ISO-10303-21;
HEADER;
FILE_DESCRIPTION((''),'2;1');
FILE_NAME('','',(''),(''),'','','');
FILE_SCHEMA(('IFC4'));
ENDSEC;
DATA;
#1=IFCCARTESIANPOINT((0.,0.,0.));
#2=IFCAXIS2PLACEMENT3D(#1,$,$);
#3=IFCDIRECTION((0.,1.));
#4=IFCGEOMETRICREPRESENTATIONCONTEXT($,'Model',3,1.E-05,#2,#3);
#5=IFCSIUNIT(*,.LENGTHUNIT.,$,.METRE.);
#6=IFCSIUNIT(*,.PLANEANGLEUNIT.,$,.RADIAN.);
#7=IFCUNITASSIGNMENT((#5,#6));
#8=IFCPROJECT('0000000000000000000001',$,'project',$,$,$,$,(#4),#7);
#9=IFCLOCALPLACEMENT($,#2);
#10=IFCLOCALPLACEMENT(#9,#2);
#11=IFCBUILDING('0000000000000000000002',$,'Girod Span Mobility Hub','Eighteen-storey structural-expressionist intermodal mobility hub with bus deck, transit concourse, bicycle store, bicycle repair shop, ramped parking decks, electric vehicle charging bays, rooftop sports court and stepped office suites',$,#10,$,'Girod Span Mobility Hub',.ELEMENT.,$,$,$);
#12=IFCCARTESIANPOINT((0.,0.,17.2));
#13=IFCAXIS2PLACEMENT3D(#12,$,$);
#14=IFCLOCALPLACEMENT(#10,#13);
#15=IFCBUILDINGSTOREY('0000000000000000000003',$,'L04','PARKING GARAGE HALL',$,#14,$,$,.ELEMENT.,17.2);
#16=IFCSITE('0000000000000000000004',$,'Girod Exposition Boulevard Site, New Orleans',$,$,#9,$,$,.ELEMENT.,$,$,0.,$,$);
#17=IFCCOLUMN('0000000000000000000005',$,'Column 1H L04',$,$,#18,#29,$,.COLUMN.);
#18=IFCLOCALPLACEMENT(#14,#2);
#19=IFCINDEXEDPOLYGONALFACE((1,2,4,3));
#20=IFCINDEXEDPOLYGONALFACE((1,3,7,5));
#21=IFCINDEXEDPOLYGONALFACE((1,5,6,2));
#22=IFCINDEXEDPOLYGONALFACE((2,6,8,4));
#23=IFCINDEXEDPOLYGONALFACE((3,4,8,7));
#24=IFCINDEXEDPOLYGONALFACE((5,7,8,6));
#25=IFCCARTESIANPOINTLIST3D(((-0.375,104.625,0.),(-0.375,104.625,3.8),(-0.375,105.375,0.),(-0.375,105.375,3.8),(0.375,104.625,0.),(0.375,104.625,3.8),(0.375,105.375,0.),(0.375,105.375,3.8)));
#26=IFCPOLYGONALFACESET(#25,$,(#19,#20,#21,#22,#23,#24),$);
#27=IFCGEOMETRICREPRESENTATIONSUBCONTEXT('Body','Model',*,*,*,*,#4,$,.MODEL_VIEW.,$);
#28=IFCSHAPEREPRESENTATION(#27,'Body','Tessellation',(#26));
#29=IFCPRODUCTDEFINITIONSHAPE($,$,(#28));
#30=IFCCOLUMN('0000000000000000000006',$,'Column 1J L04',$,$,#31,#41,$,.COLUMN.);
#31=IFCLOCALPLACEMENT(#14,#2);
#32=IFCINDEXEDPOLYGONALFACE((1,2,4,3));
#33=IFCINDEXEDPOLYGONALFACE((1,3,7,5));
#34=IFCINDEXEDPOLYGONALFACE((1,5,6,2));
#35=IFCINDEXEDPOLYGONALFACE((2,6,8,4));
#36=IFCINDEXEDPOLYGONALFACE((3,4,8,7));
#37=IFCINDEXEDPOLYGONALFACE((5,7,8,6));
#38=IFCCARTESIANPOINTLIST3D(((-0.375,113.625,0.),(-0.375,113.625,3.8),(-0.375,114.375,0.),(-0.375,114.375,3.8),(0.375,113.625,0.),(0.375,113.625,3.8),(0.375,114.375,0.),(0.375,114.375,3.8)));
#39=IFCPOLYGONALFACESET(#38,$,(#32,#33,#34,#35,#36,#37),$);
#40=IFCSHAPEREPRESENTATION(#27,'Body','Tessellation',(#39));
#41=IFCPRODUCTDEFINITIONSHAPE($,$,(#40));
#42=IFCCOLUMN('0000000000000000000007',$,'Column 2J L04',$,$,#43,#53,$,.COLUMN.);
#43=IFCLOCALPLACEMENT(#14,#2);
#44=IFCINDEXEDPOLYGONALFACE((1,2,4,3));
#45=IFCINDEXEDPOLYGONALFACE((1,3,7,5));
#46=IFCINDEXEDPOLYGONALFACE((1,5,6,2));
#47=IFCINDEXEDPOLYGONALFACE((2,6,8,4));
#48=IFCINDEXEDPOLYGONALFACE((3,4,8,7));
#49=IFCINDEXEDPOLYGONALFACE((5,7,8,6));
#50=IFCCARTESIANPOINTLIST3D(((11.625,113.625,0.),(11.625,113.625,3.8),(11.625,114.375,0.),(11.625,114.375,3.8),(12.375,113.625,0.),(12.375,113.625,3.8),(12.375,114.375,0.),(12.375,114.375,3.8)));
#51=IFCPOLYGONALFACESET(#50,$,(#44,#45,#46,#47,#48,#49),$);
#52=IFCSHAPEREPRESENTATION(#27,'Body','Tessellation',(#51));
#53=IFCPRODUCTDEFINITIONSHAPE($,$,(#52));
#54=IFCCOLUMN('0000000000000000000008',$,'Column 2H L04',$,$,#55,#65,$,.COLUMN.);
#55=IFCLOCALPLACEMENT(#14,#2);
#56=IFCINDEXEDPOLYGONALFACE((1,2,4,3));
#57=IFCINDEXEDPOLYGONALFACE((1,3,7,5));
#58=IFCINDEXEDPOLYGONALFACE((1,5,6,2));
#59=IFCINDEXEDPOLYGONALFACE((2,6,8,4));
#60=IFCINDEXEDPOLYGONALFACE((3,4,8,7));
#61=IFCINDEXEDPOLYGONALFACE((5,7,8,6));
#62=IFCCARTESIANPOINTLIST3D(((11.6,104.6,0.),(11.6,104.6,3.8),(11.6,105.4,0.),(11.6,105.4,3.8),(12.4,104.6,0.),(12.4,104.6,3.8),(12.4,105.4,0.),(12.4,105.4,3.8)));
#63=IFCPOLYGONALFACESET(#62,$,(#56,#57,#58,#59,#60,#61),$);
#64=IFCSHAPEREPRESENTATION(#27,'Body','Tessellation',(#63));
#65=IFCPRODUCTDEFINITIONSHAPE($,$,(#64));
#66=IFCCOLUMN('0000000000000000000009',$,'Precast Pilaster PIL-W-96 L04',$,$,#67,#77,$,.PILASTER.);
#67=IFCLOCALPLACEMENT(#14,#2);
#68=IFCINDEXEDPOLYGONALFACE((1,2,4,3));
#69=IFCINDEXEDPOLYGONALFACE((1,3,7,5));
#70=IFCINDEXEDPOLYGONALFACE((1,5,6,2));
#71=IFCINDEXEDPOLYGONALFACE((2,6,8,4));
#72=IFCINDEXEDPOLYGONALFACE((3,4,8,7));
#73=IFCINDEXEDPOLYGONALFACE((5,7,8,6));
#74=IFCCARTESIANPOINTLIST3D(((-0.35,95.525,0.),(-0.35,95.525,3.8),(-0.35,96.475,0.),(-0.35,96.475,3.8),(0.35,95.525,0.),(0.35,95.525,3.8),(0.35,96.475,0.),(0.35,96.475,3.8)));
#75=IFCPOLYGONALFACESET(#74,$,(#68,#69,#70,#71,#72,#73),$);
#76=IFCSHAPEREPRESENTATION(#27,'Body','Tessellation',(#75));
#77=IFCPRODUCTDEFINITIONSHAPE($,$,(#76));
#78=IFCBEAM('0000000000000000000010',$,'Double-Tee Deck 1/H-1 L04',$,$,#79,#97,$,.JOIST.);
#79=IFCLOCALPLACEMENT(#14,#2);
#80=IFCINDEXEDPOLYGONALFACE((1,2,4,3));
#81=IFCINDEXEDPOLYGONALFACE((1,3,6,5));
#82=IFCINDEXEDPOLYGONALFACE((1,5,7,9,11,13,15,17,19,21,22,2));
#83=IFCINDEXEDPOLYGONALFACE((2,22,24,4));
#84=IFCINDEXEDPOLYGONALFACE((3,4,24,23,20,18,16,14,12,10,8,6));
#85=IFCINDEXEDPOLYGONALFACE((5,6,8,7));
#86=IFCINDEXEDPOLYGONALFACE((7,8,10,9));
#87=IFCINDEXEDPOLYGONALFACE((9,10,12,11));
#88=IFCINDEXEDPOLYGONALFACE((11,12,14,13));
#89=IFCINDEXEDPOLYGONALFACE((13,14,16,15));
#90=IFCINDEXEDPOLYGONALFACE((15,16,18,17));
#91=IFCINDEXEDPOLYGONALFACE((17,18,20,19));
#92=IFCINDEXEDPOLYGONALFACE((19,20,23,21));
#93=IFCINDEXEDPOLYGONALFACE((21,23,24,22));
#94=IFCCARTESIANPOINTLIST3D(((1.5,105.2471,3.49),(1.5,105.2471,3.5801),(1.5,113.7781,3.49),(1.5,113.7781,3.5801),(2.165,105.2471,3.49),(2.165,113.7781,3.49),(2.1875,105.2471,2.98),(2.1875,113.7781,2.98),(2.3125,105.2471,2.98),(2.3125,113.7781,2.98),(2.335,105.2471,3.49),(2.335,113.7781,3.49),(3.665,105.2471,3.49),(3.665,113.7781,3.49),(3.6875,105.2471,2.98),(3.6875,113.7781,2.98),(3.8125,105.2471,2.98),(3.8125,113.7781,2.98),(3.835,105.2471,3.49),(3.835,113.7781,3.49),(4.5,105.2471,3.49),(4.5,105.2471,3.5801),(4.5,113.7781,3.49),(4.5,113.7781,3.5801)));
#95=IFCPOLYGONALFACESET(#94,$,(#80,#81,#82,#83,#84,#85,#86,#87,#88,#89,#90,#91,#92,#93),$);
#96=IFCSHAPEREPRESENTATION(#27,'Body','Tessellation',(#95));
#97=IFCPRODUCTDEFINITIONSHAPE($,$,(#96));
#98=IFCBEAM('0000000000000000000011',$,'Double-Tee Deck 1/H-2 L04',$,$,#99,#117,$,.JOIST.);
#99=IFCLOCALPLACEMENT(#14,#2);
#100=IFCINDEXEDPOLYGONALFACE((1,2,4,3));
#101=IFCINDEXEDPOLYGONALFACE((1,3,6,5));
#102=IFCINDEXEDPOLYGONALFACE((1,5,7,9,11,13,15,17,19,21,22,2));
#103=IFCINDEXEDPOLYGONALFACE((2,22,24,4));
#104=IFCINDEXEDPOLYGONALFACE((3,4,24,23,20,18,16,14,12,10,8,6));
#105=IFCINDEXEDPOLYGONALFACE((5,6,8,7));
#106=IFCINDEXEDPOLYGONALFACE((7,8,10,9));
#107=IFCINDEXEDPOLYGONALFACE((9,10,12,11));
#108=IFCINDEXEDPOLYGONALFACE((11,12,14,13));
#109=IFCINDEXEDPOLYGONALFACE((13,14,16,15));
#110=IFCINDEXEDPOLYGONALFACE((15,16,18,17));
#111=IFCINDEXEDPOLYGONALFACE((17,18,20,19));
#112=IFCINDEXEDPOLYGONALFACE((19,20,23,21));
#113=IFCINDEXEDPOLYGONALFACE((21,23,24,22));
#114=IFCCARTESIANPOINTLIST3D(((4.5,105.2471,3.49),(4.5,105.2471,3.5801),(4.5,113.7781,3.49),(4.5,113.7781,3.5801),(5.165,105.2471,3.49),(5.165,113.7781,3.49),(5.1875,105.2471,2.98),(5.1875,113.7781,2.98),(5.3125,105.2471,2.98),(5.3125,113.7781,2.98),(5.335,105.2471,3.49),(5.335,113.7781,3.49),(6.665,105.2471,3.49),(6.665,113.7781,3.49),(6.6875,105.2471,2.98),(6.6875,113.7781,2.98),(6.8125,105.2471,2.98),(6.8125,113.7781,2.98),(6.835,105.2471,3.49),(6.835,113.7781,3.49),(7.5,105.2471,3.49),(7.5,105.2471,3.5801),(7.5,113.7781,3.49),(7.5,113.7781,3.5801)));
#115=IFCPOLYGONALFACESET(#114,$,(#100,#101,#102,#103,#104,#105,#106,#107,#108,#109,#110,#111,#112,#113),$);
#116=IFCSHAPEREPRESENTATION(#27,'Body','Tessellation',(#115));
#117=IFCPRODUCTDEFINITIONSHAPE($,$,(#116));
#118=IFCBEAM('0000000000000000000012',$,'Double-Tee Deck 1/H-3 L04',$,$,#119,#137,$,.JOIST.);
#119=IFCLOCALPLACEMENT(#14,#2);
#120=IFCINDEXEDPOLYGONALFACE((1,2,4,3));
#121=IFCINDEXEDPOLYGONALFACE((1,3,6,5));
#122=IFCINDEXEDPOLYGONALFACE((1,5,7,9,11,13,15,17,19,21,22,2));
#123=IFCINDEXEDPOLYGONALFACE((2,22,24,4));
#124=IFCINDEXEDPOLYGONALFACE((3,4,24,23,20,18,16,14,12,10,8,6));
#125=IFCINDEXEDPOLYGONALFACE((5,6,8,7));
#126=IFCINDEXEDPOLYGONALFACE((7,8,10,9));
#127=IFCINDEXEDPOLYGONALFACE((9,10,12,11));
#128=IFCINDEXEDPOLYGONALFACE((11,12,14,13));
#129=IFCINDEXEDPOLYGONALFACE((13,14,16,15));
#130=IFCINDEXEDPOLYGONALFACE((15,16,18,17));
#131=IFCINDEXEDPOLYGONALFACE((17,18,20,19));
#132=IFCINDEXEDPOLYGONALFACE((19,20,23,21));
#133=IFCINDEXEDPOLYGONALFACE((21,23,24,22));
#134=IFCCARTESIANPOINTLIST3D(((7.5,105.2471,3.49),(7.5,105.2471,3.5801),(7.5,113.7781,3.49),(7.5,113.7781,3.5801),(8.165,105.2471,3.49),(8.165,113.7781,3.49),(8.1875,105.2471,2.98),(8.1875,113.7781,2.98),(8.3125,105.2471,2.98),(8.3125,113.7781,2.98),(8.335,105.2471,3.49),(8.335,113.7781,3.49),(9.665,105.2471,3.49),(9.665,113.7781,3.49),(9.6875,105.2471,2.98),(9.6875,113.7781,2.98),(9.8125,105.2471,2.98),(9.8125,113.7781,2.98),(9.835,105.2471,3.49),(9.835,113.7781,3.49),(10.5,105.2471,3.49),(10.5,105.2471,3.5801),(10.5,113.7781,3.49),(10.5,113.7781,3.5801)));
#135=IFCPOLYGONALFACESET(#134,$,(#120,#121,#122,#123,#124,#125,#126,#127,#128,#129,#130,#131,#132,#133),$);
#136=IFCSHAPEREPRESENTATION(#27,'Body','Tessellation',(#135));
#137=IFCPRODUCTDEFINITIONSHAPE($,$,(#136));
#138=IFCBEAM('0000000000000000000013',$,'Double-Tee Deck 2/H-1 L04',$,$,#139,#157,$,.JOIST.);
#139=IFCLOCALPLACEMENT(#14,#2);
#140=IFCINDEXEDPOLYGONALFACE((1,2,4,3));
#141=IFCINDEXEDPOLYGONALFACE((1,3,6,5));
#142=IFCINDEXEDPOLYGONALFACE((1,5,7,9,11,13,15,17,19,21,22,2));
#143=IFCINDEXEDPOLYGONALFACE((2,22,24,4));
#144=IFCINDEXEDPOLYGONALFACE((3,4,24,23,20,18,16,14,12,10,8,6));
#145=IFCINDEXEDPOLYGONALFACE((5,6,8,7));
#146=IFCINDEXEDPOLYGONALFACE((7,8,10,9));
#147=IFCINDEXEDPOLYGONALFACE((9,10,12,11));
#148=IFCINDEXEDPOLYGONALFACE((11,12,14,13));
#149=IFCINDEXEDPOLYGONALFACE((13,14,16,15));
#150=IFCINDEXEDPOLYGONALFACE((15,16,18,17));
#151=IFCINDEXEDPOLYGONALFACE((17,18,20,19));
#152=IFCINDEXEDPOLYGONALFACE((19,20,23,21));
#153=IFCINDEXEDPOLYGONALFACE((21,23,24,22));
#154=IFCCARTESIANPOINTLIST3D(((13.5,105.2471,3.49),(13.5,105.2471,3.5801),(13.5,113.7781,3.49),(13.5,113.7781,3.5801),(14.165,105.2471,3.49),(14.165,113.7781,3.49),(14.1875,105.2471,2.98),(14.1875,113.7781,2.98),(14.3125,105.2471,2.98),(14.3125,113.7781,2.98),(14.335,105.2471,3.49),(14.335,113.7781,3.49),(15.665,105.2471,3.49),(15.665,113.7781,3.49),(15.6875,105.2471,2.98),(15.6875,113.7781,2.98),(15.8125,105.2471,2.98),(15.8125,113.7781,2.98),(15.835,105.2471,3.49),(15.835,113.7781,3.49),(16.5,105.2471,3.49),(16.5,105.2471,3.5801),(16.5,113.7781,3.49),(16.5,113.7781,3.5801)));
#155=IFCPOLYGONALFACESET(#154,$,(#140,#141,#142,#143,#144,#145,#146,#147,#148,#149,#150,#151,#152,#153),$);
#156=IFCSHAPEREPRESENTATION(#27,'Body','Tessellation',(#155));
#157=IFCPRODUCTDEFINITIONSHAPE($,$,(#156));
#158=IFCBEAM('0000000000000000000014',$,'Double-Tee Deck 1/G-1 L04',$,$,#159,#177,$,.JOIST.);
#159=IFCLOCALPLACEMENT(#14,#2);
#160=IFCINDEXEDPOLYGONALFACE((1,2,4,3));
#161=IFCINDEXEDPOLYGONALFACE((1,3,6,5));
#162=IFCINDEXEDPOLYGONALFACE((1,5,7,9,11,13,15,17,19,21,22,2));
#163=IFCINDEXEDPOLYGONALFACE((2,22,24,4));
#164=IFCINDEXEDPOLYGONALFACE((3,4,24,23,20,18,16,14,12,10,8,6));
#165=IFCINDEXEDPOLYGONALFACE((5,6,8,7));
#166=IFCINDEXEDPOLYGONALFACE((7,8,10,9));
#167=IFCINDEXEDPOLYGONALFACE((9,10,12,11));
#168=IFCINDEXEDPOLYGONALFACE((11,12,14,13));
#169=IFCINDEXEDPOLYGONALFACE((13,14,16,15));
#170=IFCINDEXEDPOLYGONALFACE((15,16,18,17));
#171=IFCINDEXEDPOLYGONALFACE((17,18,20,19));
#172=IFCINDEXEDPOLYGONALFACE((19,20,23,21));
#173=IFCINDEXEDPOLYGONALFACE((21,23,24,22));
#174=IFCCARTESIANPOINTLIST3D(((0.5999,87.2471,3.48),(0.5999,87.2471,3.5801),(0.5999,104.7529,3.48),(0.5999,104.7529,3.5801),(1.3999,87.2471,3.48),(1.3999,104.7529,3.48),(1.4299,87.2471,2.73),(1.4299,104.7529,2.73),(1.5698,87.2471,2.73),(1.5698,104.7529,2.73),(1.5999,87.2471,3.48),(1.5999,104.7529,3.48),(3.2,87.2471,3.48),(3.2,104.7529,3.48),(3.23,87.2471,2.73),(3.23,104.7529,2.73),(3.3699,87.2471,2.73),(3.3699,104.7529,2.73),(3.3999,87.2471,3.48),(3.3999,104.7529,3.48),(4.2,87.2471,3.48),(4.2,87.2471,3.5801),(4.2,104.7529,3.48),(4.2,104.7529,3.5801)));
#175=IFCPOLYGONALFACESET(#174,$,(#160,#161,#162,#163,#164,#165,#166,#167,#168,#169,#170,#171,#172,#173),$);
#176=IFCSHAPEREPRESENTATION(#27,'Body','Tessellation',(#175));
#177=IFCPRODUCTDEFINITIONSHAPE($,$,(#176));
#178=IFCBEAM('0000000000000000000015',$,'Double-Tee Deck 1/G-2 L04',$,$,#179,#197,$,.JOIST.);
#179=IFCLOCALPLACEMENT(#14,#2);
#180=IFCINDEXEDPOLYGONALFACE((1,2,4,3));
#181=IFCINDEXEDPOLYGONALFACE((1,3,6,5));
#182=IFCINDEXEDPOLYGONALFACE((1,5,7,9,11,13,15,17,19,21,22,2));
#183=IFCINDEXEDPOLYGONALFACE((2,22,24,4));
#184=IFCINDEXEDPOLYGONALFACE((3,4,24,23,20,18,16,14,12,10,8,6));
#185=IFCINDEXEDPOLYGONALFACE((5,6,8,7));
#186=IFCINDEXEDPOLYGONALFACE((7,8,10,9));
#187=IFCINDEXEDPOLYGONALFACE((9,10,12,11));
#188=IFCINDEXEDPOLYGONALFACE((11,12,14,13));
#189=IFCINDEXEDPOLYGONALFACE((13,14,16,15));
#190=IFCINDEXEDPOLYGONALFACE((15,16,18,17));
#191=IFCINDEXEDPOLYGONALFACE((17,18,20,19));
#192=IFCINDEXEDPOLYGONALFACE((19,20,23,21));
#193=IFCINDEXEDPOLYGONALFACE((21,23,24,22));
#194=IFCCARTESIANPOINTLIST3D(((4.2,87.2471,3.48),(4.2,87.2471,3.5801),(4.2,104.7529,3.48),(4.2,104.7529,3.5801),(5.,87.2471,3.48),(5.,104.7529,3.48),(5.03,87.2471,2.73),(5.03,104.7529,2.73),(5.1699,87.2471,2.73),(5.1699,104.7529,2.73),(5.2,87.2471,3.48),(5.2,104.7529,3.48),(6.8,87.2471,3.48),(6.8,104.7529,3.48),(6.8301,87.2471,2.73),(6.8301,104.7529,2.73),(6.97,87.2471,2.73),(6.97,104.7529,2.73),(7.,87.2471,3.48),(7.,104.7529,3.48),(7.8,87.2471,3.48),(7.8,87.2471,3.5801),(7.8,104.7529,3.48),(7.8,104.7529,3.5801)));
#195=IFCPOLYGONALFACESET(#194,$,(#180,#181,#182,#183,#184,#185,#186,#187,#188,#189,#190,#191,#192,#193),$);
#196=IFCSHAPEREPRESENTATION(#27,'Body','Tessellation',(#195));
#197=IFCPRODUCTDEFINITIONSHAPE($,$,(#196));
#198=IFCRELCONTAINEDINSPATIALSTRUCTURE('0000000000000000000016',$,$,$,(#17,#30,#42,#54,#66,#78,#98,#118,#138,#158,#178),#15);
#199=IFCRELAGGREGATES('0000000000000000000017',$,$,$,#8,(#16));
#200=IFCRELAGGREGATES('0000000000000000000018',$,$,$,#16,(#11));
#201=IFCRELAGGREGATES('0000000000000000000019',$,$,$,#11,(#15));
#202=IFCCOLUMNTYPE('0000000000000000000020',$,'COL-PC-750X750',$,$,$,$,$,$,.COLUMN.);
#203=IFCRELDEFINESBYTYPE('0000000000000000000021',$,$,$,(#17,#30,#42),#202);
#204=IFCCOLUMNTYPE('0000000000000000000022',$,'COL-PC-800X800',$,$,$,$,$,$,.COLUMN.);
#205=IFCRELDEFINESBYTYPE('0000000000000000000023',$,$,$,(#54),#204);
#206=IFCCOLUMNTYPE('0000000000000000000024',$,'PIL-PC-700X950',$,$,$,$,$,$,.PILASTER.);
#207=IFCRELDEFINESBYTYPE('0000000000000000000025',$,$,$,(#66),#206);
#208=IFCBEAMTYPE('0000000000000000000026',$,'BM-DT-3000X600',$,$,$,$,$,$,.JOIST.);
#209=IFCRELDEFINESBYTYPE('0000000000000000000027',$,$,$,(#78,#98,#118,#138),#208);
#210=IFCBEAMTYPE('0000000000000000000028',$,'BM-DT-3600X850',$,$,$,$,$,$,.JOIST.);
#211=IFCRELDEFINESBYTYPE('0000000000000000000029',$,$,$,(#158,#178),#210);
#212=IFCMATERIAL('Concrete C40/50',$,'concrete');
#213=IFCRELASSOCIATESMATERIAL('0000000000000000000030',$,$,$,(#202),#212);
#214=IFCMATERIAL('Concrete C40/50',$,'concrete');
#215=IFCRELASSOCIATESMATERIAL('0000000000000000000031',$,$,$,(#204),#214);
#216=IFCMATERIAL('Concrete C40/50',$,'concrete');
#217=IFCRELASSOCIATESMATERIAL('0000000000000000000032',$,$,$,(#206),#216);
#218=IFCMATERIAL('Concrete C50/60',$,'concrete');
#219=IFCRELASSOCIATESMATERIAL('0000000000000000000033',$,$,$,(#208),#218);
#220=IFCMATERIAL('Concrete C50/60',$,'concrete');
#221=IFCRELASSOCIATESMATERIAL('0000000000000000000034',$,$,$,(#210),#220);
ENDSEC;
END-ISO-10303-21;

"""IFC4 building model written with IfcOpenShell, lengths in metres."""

from ifc_helpers import new_model, si_unit, direction, frame, origin, origin_2d, place, context, subcontext, project, spatial, polyline, rectangle, outline, extrude, material, material_profile, profile_set, type_object, element, save


model = new_model("IFC4")

# Units and contexts
model_context = context("Model", 3, precision=1e-05, world=origin(), true_north=direction((0.0, 1.0)))
body_context = subcontext(model_context, "Body", "Model", "MODEL_VIEW")
ifc_project = project(units=[si_unit("LENGTHUNIT", "METRE"), si_unit("PLANEANGLEUNIT", "RADIAN")], contexts=[model_context])

# Site, building, storey
site_placement = place(None, origin())
site = spatial("IfcSite", under=ifc_project, at=site_placement, Name="Girod Exposition Boulevard Site, New Orleans", CompositionType="ELEMENT", RefElevation=0.0)
building_placement = place(site_placement, origin())
building = spatial("IfcBuilding", under=site, at=building_placement, Name="Girod Span Mobility Hub", Description="Eighteen-storey structural-expressionist intermodal mobility hub with bus deck, transit concourse, bicycle store, bicycle repair shop, ramped parking decks, electric vehicle charging bays, rooftop sports court and stepped office suites", LongName="Girod Span Mobility Hub", CompositionType="ELEMENT")
storey_placement = place(building_placement, frame((0.0, 0.0, 17.2)))
storey = spatial("IfcBuildingStorey", under=building, at=storey_placement, Name="L04", Description="PARKING GARAGE HALL", CompositionType="ELEMENT", Elevation=17.2)

# Columns
ifc_material_1 = material(Name="Concrete C40/50", Category="concrete")
ifc_material_profile_1 = material_profile(ifc_material_1, rectangle(XDim=0.75, YDim=0.75, at=origin_2d()), Name="PC-COL-750X750")
ifc_profile_set_1 = profile_set([ifc_material_profile_1], Name="Concrete C40/50")
column_type_1 = type_object("IfcColumnType", Name="COL-PC-750X750", PredefinedType="COLUMN", material=ifc_profile_set_1)
for number, where, z_axis, x_axis, name in (
    (1, (0.0, 105.0, 0.0), (0.0, 0.0, 1.0), (1.0, 0.0, 0.0), "Column 1H L04"),
    (2, (0.0, 114.0, 0.0), (0.0, 0.0, 1.0), (1.0, 0.0, 0.0), "Column 1J L04"),
    (3, (12.0, 114.0, 0.0), (0.0, 0.0, 1.0), (1.0, 0.0, 0.0), "Column 2J L04"),
):
    element("IfcColumn", number, at=place(storey_placement, frame(where, z_axis=z_axis, x_axis=x_axis)), inside=storey, type_object=column_type_1, Name=name, PredefinedType="COLUMN", context=body_context, shape_type="SweptSolid", body=[
        extrude(rectangle(XDim=0.75, YDim=0.75, at=origin_2d()), origin(), (0.0, 0.0, 1.0), 3.8),
    ])
ifc_material_2 = material(Name="Concrete C40/50", Category="concrete")
ifc_material_profile_2 = material_profile(ifc_material_2, rectangle(XDim=0.8, YDim=0.8, at=origin_2d()), Name="PC-COL-800X800")
ifc_profile_set_2 = profile_set([ifc_material_profile_2], Name="Concrete C40/50")
column_type_2 = type_object("IfcColumnType", Name="COL-PC-800X800", PredefinedType="COLUMN", material=ifc_profile_set_2)
column_1_placement = place(storey_placement, frame((12.0, 105.0, 0.0), z_axis=(0.0, 0.0, 1.0), x_axis=(1.0, 0.0, 0.0)))
element("IfcColumn", 4, at=column_1_placement, inside=storey, type_object=column_type_2, Name="Column 2H L04", PredefinedType="COLUMN", context=body_context, shape_type="SweptSolid", body=[
    extrude(rectangle(XDim=0.8, YDim=0.8, at=origin_2d()), origin(), (0.0, 0.0, 1.0), 3.8),
])
ifc_material_3 = material(Name="Concrete C40/50", Category="concrete")
ifc_material_profile_3 = material_profile(ifc_material_3, rectangle(XDim=0.7, YDim=0.95, at=origin_2d()), Name="PC-PIL-700X950")
ifc_profile_set_3 = profile_set([ifc_material_profile_3], Name="Concrete C40/50")
column_type_3 = type_object("IfcColumnType", Name="PIL-PC-700X950", PredefinedType="PILASTER", material=ifc_profile_set_3)
column_2_placement = place(storey_placement, frame((0.0, 96.0, 0.0), z_axis=(0.0, 0.0, 1.0), x_axis=(1.0, 0.0, 0.0)))
element("IfcColumn", 5, at=column_2_placement, inside=storey, type_object=column_type_3, Name="Precast Pilaster PIL-W-96 L04", PredefinedType="PILASTER", context=body_context, shape_type="SweptSolid", body=[
    extrude(rectangle(XDim=0.7, YDim=0.95, at=origin_2d()), origin(), (0.0, 0.0, 1.0), 3.8),
])

# Beams
ifc_material_4 = material(Name="Concrete C50/60", Category="concrete")
ifc_material_profile_4 = material_profile(ifc_material_4, outline(polyline([(-1.5, 0.3), (-1.5, 0.21), (-0.835, 0.21), (-0.8125, -0.3), (-0.6875, -0.3), (-0.665, 0.21), (0.665, 0.21), (0.6875, -0.3), (0.8125, -0.3), (0.835, 0.21), (1.5, 0.21), (1.5, 0.3), (-1.5, 0.3)])), Name="DT-3000X600")
ifc_profile_set_4 = profile_set([ifc_material_profile_4], Name="Concrete C50/60")
beam_type_1 = type_object("IfcBeamType", Name="BM-DT-3000X600", PredefinedType="JOIST", material=ifc_profile_set_4)
for number, where, z_axis, x_axis, name in (
    (6, (3.0, 105.2471, 3.28), (0.0, 1.0, 0.0), (-1.0, 0.0, 0.0), "Double-Tee Deck 1/H-1 L04"),
    (7, (6.0, 105.2471, 3.28), (0.0, 1.0, 0.0), (-1.0, 0.0, 0.0), "Double-Tee Deck 1/H-2 L04"),
    (8, (9.0, 105.2471, 3.28), (0.0, 1.0, 0.0), (-1.0, 0.0, 0.0), "Double-Tee Deck 1/H-3 L04"),
    (9, (15.0, 105.2471, 3.28), (0.0, 1.0, 0.0), (-1.0, 0.0, 0.0), "Double-Tee Deck 2/H-1 L04"),
):
    element("IfcBeam", number, at=place(storey_placement, frame(where, z_axis=z_axis, x_axis=x_axis)), inside=storey, type_object=beam_type_1, Name=name, PredefinedType="JOIST", context=body_context, shape_type="SweptSolid", body=[
        extrude(outline(polyline([(-1.5, 0.3), (-1.5, 0.21), (-0.835, 0.21), (-0.8125, -0.3), (-0.6875, -0.3), (-0.665, 0.21), (0.665, 0.21), (0.6875, -0.3), (0.8125, -0.3), (0.835, 0.21), (1.5, 0.21), (1.5, 0.3), (-1.5, 0.3)])), origin(), (0.0, 0.0, 1.0), 8.531),
    ])
ifc_material_5 = material(Name="Concrete C50/60", Category="concrete")
ifc_material_profile_5 = material_profile(ifc_material_5, outline(polyline([(-1.8, 0.425), (-1.8, 0.325), (-1.0, 0.325), (-0.97, -0.425), (-0.8301, -0.425), (-0.8, 0.325), (0.8, 0.325), (0.8301, -0.425), (0.97, -0.425), (1.0, 0.325), (1.8, 0.325), (1.8, 0.425), (-1.8, 0.425)])), Name="DT-3600X850")
ifc_profile_set_5 = profile_set([ifc_material_profile_5], Name="Concrete C50/60")
beam_type_2 = type_object("IfcBeamType", Name="BM-DT-3600X850", PredefinedType="JOIST", material=ifc_profile_set_5)
for number, where, z_axis, x_axis, name in (
    (10, (2.3999, 87.2471, 3.155), (0.0, 1.0, 0.0), (-1.0, 0.0, 0.0), "Double-Tee Deck 1/G-1 L04"),
    (11, (6.0, 87.2471, 3.155), (0.0, 1.0, 0.0), (-1.0, 0.0, 0.0), "Double-Tee Deck 1/G-2 L04"),
):
    element("IfcBeam", number, at=place(storey_placement, frame(where, z_axis=z_axis, x_axis=x_axis)), inside=storey, type_object=beam_type_2, Name=name, PredefinedType="JOIST", context=body_context, shape_type="SweptSolid", body=[
        extrude(outline(polyline([(-1.8, 0.425), (-1.8, 0.325), (-1.0, 0.325), (-0.97, -0.425), (-0.8301, -0.425), (-0.8, 0.325), (0.8, 0.325), (0.8301, -0.425), (0.97, -0.425), (1.0, 0.325), (1.8, 0.325), (1.8, 0.425), (-1.8, 0.425)])), origin(), (0.0, 0.0, 1.0), 17.5059),
    ])

save(model, "model.ifc")
